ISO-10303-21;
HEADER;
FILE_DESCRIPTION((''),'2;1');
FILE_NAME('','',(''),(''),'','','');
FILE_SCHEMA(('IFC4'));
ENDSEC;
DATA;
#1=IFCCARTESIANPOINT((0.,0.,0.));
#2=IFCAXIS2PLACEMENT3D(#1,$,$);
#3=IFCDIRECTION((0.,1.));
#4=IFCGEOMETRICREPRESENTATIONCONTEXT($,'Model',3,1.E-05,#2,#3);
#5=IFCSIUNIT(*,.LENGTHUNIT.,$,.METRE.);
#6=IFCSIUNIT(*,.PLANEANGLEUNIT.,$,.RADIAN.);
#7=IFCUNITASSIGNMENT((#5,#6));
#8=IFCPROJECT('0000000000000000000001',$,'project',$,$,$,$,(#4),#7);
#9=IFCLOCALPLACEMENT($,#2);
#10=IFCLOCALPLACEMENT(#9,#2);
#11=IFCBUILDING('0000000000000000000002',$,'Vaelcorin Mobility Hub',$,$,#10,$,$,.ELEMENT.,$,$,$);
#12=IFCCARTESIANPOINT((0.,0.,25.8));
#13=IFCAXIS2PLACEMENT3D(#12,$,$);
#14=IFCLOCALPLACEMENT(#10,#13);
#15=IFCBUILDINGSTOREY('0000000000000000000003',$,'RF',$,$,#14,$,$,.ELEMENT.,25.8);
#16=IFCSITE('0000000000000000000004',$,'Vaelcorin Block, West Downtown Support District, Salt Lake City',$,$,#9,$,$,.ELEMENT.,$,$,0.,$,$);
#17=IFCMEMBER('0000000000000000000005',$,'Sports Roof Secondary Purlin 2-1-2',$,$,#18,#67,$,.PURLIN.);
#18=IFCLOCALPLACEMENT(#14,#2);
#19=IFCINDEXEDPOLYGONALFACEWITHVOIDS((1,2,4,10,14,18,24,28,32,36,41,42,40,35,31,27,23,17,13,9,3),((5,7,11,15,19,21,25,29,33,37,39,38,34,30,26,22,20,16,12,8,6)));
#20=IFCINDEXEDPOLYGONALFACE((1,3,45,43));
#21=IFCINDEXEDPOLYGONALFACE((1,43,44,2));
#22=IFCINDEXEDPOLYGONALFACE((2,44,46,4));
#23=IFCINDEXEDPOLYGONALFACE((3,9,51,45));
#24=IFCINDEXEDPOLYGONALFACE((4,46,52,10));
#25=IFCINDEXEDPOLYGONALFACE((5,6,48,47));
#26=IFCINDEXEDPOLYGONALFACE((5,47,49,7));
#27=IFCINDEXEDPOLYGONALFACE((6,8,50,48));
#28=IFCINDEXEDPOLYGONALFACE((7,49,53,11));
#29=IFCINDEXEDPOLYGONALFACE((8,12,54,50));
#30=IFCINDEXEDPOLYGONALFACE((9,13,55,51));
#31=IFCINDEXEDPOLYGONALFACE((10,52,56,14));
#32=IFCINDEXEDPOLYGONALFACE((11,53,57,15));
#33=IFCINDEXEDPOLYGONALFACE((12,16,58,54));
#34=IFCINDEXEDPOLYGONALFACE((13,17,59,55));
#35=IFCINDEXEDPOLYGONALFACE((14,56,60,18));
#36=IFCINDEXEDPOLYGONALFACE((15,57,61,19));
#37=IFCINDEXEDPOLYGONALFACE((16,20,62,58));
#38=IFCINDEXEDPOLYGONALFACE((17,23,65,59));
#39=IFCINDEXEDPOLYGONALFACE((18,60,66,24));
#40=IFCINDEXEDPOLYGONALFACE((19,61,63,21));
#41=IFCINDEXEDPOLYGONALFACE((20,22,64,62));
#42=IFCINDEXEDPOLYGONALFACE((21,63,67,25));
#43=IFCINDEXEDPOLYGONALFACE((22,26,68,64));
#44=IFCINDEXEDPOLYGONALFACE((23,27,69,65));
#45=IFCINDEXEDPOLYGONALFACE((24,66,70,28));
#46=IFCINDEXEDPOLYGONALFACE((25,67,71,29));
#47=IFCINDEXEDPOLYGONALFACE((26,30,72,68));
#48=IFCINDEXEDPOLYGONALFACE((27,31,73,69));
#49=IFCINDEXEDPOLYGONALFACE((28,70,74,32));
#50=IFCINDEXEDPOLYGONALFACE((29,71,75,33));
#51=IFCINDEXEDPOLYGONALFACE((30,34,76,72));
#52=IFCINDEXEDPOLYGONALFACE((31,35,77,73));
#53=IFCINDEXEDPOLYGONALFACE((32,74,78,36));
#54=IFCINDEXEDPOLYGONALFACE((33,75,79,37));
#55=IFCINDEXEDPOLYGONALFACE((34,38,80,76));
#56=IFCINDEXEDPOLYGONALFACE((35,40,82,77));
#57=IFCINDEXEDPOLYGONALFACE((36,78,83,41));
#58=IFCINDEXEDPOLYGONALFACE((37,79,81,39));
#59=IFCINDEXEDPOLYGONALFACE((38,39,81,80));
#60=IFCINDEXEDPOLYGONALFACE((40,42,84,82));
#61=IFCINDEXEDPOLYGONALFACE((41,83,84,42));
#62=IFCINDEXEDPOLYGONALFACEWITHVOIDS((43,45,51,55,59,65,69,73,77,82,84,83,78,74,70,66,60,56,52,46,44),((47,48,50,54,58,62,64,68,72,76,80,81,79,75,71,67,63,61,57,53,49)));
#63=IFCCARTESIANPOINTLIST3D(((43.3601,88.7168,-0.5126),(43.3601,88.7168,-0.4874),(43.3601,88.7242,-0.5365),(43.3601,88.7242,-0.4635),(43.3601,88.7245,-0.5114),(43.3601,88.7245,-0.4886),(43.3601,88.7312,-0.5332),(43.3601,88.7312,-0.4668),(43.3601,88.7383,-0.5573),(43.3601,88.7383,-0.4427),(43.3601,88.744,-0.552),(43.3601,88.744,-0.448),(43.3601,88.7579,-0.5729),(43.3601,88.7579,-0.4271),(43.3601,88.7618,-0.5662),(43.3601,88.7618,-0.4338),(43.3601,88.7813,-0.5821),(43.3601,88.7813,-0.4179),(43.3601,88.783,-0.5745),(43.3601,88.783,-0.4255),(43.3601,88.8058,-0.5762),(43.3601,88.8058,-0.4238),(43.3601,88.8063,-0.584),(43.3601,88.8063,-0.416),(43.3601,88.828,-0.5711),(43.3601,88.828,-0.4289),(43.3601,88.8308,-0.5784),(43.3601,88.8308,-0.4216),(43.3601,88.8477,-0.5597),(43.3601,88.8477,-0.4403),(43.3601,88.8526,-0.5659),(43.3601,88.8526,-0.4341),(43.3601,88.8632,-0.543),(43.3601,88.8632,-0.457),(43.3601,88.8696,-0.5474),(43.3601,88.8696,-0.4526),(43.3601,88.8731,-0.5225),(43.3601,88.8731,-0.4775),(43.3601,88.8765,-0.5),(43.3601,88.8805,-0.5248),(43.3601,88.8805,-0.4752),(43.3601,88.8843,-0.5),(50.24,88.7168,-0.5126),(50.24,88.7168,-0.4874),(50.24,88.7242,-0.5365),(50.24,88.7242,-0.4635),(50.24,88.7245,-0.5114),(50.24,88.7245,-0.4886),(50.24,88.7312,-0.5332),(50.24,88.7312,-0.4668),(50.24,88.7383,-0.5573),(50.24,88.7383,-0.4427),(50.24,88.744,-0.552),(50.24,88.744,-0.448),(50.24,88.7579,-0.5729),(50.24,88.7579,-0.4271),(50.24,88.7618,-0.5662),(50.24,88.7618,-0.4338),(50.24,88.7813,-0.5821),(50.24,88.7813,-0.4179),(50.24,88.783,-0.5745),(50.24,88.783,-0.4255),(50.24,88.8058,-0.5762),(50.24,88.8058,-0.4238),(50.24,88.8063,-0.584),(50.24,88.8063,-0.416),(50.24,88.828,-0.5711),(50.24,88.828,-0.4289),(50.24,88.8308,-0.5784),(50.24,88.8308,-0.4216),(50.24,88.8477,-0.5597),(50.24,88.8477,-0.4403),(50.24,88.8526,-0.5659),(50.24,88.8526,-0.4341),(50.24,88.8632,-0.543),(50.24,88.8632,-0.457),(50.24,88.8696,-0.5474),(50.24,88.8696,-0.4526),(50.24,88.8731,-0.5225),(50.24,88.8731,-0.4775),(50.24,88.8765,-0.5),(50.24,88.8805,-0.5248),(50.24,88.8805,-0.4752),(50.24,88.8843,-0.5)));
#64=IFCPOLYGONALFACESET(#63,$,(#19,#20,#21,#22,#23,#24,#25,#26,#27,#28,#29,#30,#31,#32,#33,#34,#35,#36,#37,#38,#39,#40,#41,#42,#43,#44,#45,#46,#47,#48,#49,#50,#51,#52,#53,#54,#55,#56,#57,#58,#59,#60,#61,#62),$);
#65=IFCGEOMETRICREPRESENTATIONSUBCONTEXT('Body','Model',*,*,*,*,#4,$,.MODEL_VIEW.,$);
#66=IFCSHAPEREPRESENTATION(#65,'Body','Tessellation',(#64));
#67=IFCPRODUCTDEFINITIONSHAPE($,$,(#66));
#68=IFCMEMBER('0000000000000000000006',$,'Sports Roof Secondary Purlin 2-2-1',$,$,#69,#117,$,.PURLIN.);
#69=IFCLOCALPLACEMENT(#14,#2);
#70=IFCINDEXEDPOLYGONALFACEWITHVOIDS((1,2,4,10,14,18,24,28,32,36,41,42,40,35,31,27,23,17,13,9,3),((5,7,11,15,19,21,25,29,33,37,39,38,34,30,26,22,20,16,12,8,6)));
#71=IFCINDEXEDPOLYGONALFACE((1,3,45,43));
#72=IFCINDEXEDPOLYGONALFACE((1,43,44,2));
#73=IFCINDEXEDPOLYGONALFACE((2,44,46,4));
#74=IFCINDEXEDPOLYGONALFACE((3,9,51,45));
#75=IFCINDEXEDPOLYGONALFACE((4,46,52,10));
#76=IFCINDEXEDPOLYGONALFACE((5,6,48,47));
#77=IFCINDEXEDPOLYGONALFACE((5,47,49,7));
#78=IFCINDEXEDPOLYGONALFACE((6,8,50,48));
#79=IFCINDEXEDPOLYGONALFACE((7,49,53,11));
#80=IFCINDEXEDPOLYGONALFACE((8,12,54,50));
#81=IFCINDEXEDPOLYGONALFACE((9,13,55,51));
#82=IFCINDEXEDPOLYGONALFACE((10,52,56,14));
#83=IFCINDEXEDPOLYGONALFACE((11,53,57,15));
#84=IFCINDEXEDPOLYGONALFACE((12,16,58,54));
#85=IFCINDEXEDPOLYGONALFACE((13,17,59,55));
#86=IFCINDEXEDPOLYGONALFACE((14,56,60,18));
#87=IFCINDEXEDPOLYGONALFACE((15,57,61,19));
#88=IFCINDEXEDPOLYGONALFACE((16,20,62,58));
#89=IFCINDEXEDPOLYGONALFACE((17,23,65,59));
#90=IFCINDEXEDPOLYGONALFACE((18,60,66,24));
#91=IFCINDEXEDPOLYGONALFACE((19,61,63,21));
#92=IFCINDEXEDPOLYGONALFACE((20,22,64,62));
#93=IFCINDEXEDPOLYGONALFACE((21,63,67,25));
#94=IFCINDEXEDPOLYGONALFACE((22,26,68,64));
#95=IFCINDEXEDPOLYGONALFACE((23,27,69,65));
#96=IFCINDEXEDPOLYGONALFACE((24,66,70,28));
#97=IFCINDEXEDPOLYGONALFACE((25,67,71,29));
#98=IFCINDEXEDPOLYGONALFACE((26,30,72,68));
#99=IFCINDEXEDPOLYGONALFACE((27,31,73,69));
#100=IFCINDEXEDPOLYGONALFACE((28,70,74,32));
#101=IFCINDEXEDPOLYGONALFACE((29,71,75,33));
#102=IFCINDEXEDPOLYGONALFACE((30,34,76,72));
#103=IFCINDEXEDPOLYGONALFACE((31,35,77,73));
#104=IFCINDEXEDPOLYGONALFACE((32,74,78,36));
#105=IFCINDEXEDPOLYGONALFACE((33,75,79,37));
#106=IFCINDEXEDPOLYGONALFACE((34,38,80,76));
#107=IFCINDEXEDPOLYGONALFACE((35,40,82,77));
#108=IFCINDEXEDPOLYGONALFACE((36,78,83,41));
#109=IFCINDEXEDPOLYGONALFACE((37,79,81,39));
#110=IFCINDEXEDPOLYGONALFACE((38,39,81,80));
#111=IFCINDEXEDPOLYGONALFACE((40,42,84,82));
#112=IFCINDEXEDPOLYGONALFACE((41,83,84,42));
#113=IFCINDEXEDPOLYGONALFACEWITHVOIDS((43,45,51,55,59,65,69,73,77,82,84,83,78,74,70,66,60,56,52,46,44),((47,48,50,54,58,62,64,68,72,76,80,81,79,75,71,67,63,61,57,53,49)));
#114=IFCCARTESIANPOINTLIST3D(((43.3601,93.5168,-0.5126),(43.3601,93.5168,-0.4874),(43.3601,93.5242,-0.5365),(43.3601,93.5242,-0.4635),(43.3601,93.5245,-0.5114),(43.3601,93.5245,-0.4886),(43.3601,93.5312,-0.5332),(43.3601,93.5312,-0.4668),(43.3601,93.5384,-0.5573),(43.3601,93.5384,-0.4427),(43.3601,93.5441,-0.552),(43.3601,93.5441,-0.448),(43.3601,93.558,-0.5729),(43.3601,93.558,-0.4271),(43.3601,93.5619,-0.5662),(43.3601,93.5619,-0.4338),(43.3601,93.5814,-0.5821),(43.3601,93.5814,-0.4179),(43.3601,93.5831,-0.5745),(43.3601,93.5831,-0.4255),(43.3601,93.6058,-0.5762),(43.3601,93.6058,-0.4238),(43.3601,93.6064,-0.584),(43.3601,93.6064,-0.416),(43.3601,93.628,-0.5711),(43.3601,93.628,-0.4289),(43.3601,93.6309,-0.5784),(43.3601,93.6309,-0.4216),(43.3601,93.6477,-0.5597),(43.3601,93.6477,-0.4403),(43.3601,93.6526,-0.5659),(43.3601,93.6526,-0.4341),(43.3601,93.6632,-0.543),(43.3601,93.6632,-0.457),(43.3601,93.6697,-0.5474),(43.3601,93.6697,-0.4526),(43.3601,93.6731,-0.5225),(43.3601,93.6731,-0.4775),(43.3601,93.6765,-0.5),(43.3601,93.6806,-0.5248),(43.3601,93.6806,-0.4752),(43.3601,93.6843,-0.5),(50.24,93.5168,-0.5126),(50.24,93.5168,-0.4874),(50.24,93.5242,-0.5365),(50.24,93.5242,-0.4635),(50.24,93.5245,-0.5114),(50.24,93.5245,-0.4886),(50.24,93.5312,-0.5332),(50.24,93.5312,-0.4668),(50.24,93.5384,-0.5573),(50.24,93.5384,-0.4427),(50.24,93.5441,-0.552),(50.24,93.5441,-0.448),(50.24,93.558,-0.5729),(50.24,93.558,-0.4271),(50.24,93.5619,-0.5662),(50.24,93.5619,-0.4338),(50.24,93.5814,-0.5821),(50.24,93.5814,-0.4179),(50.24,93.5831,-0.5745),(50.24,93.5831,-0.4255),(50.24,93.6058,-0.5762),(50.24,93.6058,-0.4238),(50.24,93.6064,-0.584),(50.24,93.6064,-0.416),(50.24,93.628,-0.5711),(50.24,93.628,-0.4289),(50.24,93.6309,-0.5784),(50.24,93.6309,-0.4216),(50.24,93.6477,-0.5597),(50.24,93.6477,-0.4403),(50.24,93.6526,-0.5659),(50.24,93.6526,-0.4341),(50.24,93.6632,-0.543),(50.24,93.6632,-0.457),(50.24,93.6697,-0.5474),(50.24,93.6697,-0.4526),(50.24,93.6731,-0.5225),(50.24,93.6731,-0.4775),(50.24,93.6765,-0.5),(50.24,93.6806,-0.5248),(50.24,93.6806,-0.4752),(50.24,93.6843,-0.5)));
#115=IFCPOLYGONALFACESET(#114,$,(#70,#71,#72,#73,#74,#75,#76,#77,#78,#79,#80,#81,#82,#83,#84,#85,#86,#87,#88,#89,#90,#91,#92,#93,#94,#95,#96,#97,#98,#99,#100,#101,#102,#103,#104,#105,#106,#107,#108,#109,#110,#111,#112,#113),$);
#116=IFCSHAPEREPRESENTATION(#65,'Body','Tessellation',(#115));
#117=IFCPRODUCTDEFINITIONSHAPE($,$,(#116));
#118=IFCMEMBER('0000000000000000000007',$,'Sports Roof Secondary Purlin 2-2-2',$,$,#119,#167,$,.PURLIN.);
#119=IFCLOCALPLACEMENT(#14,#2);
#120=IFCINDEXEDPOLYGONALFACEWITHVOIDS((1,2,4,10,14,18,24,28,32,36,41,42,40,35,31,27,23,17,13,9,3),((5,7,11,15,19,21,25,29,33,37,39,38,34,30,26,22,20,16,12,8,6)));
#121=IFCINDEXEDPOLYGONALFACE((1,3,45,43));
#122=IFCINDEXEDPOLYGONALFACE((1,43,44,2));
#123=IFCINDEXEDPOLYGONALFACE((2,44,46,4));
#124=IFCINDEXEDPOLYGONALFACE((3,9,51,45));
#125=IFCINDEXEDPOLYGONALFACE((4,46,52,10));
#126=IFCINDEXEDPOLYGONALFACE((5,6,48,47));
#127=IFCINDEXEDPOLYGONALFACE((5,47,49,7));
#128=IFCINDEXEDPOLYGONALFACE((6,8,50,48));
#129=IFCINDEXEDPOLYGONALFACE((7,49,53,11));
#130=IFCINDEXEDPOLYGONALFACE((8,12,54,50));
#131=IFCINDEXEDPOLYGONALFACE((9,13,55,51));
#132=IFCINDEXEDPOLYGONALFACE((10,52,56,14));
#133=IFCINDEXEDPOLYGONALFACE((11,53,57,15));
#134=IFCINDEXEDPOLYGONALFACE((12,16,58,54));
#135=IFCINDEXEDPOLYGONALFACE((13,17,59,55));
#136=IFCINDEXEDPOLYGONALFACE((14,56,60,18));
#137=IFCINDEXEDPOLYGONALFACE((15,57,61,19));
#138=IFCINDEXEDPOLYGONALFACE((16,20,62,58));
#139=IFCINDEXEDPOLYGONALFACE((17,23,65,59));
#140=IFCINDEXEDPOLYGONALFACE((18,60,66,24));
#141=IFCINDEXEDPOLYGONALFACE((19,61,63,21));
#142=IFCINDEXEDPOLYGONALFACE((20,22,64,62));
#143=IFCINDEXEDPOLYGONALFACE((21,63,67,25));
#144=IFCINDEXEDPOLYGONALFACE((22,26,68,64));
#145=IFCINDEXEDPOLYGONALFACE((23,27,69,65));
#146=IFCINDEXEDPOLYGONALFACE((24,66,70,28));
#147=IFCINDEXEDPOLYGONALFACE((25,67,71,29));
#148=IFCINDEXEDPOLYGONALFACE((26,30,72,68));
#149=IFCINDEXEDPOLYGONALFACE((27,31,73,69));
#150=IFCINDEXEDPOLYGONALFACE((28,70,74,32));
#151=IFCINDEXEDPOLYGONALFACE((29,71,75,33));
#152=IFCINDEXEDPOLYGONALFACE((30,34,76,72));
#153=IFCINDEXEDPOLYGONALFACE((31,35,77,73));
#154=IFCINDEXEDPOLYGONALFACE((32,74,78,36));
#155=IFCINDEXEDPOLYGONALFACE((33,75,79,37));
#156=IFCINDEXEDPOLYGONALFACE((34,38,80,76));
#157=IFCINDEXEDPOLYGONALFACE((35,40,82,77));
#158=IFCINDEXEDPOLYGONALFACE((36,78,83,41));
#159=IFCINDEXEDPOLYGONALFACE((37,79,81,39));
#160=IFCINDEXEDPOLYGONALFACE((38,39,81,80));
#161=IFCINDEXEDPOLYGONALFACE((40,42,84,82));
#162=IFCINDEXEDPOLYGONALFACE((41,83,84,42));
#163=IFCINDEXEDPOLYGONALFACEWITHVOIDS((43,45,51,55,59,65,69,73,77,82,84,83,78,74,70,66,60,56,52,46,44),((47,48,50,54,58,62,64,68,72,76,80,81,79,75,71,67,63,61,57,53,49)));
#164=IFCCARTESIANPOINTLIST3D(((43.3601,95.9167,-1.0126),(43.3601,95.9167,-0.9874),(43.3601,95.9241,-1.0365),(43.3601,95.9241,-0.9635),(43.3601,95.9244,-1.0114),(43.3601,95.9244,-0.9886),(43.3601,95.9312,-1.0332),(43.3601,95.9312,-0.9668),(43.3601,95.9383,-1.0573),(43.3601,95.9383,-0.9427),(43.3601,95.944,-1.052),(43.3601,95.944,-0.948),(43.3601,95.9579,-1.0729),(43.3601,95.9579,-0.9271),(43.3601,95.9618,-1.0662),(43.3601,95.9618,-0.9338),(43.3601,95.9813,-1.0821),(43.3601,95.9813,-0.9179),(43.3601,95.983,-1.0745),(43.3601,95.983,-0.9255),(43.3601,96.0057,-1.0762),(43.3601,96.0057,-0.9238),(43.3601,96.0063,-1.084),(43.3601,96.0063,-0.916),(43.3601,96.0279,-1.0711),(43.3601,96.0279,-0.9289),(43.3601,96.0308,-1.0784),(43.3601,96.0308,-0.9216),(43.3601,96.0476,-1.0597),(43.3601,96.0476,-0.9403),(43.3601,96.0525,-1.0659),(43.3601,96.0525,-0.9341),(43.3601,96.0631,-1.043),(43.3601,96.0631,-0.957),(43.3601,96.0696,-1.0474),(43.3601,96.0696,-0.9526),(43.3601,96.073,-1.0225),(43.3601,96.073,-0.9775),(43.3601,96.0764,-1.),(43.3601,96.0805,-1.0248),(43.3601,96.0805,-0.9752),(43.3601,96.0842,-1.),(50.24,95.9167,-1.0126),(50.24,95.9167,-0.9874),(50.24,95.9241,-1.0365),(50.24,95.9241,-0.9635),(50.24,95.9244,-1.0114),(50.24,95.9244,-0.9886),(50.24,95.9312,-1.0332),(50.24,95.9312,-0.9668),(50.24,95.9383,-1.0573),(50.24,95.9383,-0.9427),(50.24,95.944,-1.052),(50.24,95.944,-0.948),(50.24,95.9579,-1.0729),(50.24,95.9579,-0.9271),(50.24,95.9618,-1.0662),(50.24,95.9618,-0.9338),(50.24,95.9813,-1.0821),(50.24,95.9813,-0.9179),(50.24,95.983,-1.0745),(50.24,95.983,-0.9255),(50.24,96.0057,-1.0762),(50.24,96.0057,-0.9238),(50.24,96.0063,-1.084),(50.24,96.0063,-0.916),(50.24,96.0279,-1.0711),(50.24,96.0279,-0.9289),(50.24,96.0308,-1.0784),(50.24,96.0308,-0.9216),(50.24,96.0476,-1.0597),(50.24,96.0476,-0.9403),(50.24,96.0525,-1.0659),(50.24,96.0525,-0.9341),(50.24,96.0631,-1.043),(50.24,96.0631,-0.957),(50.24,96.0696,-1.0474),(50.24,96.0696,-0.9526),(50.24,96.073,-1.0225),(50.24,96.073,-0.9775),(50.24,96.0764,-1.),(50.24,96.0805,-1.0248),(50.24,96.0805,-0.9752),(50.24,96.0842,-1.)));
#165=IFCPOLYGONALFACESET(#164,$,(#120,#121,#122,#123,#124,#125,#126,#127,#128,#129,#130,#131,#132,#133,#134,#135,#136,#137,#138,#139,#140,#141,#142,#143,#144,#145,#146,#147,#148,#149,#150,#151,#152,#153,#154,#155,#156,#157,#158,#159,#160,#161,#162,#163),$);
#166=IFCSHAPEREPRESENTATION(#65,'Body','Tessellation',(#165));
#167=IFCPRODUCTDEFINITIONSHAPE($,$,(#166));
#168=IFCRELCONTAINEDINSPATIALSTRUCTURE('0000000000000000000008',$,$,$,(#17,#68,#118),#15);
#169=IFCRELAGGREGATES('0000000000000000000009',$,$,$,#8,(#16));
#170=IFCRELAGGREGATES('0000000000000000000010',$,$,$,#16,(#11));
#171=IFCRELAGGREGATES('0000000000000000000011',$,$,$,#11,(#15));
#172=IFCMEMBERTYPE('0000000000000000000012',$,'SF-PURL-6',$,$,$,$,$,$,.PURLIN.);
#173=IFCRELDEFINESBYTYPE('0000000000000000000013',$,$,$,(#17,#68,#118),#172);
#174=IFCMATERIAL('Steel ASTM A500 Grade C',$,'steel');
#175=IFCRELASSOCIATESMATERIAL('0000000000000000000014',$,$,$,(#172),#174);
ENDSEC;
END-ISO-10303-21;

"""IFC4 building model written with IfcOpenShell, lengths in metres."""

from ifc_helpers import new_model, si_unit, direction, frame, origin, origin_2d, place, context, subcontext, project, spatial, hollow_circle, extrude, material, material_profile, profile_set, type_object, element, save


model = new_model("IFC4")

# Units and contexts
model_context = context("Model", 3, precision=1e-05, world=origin(), true_north=direction((0.0, 1.0)))
body_context = subcontext(model_context, "Body", "Model", "MODEL_VIEW")
ifc_project = project(units=[si_unit("LENGTHUNIT", "METRE"), si_unit("PLANEANGLEUNIT", "RADIAN")], contexts=[model_context])

# Site, building, storey
site_placement = place(None, origin())
site = spatial("IfcSite", under=ifc_project, at=site_placement, Name="Vaelcorin Block, West Downtown Support District, Salt Lake City", CompositionType="ELEMENT", RefElevation=0.0)
building_placement = place(site_placement, origin())
building = spatial("IfcBuilding", under=site, at=building_placement, Name="Vaelcorin Mobility Hub", CompositionType="ELEMENT")
storey_placement = place(building_placement, frame((0.0, 0.0, 25.8)))
storey = spatial("IfcBuildingStorey", under=building, at=storey_placement, Name="RF", CompositionType="ELEMENT", Elevation=25.8)

# Members
ifc_material_1 = material(Name="Steel ASTM A500 Grade C", Category="steel")
ifc_material_profile_1 = material_profile(ifc_material_1, hollow_circle(Radius=0.0842, WallThickness=0.0078, at=origin_2d()), Name="HSS6.625X0.312")
ifc_profile_set_1 = profile_set([ifc_material_profile_1], Name="Steel ASTM A500 Grade C")
member_type_1 = type_object("IfcMemberType", Name="SF-PURL-6", PredefinedType="PURLIN", material=ifc_profile_set_1)
for number, where, z_axis, x_axis, name in (
    (1, (43.3601, 88.8, -0.5), (1.0, 0.0, 0.0), (0.0, 1.0, 0.0), "Sports Roof Secondary Purlin 2-1-2"),
    (2, (43.3601, 93.6001, -0.5), (1.0, 0.0, 0.0), (0.0, 1.0, 0.0), "Sports Roof Secondary Purlin 2-2-1"),
    (3, (43.3601, 96.0, -1.0), (1.0, 0.0, 0.0), (0.0, 1.0, 0.0), "Sports Roof Secondary Purlin 2-2-2"),
):
    element("IfcMember", number, at=place(storey_placement, frame(where, z_axis=z_axis, x_axis=x_axis)), inside=storey, type_object=member_type_1, Name=name, PredefinedType="PURLIN", context=body_context, shape_type="SweptSolid", body=[
        extrude(hollow_circle(Radius=0.0842, WallThickness=0.0078, at=origin_2d()), origin(), (0.0, 0.0, 1.0), 6.8799),
    ])

save(model, "model.ifc")
